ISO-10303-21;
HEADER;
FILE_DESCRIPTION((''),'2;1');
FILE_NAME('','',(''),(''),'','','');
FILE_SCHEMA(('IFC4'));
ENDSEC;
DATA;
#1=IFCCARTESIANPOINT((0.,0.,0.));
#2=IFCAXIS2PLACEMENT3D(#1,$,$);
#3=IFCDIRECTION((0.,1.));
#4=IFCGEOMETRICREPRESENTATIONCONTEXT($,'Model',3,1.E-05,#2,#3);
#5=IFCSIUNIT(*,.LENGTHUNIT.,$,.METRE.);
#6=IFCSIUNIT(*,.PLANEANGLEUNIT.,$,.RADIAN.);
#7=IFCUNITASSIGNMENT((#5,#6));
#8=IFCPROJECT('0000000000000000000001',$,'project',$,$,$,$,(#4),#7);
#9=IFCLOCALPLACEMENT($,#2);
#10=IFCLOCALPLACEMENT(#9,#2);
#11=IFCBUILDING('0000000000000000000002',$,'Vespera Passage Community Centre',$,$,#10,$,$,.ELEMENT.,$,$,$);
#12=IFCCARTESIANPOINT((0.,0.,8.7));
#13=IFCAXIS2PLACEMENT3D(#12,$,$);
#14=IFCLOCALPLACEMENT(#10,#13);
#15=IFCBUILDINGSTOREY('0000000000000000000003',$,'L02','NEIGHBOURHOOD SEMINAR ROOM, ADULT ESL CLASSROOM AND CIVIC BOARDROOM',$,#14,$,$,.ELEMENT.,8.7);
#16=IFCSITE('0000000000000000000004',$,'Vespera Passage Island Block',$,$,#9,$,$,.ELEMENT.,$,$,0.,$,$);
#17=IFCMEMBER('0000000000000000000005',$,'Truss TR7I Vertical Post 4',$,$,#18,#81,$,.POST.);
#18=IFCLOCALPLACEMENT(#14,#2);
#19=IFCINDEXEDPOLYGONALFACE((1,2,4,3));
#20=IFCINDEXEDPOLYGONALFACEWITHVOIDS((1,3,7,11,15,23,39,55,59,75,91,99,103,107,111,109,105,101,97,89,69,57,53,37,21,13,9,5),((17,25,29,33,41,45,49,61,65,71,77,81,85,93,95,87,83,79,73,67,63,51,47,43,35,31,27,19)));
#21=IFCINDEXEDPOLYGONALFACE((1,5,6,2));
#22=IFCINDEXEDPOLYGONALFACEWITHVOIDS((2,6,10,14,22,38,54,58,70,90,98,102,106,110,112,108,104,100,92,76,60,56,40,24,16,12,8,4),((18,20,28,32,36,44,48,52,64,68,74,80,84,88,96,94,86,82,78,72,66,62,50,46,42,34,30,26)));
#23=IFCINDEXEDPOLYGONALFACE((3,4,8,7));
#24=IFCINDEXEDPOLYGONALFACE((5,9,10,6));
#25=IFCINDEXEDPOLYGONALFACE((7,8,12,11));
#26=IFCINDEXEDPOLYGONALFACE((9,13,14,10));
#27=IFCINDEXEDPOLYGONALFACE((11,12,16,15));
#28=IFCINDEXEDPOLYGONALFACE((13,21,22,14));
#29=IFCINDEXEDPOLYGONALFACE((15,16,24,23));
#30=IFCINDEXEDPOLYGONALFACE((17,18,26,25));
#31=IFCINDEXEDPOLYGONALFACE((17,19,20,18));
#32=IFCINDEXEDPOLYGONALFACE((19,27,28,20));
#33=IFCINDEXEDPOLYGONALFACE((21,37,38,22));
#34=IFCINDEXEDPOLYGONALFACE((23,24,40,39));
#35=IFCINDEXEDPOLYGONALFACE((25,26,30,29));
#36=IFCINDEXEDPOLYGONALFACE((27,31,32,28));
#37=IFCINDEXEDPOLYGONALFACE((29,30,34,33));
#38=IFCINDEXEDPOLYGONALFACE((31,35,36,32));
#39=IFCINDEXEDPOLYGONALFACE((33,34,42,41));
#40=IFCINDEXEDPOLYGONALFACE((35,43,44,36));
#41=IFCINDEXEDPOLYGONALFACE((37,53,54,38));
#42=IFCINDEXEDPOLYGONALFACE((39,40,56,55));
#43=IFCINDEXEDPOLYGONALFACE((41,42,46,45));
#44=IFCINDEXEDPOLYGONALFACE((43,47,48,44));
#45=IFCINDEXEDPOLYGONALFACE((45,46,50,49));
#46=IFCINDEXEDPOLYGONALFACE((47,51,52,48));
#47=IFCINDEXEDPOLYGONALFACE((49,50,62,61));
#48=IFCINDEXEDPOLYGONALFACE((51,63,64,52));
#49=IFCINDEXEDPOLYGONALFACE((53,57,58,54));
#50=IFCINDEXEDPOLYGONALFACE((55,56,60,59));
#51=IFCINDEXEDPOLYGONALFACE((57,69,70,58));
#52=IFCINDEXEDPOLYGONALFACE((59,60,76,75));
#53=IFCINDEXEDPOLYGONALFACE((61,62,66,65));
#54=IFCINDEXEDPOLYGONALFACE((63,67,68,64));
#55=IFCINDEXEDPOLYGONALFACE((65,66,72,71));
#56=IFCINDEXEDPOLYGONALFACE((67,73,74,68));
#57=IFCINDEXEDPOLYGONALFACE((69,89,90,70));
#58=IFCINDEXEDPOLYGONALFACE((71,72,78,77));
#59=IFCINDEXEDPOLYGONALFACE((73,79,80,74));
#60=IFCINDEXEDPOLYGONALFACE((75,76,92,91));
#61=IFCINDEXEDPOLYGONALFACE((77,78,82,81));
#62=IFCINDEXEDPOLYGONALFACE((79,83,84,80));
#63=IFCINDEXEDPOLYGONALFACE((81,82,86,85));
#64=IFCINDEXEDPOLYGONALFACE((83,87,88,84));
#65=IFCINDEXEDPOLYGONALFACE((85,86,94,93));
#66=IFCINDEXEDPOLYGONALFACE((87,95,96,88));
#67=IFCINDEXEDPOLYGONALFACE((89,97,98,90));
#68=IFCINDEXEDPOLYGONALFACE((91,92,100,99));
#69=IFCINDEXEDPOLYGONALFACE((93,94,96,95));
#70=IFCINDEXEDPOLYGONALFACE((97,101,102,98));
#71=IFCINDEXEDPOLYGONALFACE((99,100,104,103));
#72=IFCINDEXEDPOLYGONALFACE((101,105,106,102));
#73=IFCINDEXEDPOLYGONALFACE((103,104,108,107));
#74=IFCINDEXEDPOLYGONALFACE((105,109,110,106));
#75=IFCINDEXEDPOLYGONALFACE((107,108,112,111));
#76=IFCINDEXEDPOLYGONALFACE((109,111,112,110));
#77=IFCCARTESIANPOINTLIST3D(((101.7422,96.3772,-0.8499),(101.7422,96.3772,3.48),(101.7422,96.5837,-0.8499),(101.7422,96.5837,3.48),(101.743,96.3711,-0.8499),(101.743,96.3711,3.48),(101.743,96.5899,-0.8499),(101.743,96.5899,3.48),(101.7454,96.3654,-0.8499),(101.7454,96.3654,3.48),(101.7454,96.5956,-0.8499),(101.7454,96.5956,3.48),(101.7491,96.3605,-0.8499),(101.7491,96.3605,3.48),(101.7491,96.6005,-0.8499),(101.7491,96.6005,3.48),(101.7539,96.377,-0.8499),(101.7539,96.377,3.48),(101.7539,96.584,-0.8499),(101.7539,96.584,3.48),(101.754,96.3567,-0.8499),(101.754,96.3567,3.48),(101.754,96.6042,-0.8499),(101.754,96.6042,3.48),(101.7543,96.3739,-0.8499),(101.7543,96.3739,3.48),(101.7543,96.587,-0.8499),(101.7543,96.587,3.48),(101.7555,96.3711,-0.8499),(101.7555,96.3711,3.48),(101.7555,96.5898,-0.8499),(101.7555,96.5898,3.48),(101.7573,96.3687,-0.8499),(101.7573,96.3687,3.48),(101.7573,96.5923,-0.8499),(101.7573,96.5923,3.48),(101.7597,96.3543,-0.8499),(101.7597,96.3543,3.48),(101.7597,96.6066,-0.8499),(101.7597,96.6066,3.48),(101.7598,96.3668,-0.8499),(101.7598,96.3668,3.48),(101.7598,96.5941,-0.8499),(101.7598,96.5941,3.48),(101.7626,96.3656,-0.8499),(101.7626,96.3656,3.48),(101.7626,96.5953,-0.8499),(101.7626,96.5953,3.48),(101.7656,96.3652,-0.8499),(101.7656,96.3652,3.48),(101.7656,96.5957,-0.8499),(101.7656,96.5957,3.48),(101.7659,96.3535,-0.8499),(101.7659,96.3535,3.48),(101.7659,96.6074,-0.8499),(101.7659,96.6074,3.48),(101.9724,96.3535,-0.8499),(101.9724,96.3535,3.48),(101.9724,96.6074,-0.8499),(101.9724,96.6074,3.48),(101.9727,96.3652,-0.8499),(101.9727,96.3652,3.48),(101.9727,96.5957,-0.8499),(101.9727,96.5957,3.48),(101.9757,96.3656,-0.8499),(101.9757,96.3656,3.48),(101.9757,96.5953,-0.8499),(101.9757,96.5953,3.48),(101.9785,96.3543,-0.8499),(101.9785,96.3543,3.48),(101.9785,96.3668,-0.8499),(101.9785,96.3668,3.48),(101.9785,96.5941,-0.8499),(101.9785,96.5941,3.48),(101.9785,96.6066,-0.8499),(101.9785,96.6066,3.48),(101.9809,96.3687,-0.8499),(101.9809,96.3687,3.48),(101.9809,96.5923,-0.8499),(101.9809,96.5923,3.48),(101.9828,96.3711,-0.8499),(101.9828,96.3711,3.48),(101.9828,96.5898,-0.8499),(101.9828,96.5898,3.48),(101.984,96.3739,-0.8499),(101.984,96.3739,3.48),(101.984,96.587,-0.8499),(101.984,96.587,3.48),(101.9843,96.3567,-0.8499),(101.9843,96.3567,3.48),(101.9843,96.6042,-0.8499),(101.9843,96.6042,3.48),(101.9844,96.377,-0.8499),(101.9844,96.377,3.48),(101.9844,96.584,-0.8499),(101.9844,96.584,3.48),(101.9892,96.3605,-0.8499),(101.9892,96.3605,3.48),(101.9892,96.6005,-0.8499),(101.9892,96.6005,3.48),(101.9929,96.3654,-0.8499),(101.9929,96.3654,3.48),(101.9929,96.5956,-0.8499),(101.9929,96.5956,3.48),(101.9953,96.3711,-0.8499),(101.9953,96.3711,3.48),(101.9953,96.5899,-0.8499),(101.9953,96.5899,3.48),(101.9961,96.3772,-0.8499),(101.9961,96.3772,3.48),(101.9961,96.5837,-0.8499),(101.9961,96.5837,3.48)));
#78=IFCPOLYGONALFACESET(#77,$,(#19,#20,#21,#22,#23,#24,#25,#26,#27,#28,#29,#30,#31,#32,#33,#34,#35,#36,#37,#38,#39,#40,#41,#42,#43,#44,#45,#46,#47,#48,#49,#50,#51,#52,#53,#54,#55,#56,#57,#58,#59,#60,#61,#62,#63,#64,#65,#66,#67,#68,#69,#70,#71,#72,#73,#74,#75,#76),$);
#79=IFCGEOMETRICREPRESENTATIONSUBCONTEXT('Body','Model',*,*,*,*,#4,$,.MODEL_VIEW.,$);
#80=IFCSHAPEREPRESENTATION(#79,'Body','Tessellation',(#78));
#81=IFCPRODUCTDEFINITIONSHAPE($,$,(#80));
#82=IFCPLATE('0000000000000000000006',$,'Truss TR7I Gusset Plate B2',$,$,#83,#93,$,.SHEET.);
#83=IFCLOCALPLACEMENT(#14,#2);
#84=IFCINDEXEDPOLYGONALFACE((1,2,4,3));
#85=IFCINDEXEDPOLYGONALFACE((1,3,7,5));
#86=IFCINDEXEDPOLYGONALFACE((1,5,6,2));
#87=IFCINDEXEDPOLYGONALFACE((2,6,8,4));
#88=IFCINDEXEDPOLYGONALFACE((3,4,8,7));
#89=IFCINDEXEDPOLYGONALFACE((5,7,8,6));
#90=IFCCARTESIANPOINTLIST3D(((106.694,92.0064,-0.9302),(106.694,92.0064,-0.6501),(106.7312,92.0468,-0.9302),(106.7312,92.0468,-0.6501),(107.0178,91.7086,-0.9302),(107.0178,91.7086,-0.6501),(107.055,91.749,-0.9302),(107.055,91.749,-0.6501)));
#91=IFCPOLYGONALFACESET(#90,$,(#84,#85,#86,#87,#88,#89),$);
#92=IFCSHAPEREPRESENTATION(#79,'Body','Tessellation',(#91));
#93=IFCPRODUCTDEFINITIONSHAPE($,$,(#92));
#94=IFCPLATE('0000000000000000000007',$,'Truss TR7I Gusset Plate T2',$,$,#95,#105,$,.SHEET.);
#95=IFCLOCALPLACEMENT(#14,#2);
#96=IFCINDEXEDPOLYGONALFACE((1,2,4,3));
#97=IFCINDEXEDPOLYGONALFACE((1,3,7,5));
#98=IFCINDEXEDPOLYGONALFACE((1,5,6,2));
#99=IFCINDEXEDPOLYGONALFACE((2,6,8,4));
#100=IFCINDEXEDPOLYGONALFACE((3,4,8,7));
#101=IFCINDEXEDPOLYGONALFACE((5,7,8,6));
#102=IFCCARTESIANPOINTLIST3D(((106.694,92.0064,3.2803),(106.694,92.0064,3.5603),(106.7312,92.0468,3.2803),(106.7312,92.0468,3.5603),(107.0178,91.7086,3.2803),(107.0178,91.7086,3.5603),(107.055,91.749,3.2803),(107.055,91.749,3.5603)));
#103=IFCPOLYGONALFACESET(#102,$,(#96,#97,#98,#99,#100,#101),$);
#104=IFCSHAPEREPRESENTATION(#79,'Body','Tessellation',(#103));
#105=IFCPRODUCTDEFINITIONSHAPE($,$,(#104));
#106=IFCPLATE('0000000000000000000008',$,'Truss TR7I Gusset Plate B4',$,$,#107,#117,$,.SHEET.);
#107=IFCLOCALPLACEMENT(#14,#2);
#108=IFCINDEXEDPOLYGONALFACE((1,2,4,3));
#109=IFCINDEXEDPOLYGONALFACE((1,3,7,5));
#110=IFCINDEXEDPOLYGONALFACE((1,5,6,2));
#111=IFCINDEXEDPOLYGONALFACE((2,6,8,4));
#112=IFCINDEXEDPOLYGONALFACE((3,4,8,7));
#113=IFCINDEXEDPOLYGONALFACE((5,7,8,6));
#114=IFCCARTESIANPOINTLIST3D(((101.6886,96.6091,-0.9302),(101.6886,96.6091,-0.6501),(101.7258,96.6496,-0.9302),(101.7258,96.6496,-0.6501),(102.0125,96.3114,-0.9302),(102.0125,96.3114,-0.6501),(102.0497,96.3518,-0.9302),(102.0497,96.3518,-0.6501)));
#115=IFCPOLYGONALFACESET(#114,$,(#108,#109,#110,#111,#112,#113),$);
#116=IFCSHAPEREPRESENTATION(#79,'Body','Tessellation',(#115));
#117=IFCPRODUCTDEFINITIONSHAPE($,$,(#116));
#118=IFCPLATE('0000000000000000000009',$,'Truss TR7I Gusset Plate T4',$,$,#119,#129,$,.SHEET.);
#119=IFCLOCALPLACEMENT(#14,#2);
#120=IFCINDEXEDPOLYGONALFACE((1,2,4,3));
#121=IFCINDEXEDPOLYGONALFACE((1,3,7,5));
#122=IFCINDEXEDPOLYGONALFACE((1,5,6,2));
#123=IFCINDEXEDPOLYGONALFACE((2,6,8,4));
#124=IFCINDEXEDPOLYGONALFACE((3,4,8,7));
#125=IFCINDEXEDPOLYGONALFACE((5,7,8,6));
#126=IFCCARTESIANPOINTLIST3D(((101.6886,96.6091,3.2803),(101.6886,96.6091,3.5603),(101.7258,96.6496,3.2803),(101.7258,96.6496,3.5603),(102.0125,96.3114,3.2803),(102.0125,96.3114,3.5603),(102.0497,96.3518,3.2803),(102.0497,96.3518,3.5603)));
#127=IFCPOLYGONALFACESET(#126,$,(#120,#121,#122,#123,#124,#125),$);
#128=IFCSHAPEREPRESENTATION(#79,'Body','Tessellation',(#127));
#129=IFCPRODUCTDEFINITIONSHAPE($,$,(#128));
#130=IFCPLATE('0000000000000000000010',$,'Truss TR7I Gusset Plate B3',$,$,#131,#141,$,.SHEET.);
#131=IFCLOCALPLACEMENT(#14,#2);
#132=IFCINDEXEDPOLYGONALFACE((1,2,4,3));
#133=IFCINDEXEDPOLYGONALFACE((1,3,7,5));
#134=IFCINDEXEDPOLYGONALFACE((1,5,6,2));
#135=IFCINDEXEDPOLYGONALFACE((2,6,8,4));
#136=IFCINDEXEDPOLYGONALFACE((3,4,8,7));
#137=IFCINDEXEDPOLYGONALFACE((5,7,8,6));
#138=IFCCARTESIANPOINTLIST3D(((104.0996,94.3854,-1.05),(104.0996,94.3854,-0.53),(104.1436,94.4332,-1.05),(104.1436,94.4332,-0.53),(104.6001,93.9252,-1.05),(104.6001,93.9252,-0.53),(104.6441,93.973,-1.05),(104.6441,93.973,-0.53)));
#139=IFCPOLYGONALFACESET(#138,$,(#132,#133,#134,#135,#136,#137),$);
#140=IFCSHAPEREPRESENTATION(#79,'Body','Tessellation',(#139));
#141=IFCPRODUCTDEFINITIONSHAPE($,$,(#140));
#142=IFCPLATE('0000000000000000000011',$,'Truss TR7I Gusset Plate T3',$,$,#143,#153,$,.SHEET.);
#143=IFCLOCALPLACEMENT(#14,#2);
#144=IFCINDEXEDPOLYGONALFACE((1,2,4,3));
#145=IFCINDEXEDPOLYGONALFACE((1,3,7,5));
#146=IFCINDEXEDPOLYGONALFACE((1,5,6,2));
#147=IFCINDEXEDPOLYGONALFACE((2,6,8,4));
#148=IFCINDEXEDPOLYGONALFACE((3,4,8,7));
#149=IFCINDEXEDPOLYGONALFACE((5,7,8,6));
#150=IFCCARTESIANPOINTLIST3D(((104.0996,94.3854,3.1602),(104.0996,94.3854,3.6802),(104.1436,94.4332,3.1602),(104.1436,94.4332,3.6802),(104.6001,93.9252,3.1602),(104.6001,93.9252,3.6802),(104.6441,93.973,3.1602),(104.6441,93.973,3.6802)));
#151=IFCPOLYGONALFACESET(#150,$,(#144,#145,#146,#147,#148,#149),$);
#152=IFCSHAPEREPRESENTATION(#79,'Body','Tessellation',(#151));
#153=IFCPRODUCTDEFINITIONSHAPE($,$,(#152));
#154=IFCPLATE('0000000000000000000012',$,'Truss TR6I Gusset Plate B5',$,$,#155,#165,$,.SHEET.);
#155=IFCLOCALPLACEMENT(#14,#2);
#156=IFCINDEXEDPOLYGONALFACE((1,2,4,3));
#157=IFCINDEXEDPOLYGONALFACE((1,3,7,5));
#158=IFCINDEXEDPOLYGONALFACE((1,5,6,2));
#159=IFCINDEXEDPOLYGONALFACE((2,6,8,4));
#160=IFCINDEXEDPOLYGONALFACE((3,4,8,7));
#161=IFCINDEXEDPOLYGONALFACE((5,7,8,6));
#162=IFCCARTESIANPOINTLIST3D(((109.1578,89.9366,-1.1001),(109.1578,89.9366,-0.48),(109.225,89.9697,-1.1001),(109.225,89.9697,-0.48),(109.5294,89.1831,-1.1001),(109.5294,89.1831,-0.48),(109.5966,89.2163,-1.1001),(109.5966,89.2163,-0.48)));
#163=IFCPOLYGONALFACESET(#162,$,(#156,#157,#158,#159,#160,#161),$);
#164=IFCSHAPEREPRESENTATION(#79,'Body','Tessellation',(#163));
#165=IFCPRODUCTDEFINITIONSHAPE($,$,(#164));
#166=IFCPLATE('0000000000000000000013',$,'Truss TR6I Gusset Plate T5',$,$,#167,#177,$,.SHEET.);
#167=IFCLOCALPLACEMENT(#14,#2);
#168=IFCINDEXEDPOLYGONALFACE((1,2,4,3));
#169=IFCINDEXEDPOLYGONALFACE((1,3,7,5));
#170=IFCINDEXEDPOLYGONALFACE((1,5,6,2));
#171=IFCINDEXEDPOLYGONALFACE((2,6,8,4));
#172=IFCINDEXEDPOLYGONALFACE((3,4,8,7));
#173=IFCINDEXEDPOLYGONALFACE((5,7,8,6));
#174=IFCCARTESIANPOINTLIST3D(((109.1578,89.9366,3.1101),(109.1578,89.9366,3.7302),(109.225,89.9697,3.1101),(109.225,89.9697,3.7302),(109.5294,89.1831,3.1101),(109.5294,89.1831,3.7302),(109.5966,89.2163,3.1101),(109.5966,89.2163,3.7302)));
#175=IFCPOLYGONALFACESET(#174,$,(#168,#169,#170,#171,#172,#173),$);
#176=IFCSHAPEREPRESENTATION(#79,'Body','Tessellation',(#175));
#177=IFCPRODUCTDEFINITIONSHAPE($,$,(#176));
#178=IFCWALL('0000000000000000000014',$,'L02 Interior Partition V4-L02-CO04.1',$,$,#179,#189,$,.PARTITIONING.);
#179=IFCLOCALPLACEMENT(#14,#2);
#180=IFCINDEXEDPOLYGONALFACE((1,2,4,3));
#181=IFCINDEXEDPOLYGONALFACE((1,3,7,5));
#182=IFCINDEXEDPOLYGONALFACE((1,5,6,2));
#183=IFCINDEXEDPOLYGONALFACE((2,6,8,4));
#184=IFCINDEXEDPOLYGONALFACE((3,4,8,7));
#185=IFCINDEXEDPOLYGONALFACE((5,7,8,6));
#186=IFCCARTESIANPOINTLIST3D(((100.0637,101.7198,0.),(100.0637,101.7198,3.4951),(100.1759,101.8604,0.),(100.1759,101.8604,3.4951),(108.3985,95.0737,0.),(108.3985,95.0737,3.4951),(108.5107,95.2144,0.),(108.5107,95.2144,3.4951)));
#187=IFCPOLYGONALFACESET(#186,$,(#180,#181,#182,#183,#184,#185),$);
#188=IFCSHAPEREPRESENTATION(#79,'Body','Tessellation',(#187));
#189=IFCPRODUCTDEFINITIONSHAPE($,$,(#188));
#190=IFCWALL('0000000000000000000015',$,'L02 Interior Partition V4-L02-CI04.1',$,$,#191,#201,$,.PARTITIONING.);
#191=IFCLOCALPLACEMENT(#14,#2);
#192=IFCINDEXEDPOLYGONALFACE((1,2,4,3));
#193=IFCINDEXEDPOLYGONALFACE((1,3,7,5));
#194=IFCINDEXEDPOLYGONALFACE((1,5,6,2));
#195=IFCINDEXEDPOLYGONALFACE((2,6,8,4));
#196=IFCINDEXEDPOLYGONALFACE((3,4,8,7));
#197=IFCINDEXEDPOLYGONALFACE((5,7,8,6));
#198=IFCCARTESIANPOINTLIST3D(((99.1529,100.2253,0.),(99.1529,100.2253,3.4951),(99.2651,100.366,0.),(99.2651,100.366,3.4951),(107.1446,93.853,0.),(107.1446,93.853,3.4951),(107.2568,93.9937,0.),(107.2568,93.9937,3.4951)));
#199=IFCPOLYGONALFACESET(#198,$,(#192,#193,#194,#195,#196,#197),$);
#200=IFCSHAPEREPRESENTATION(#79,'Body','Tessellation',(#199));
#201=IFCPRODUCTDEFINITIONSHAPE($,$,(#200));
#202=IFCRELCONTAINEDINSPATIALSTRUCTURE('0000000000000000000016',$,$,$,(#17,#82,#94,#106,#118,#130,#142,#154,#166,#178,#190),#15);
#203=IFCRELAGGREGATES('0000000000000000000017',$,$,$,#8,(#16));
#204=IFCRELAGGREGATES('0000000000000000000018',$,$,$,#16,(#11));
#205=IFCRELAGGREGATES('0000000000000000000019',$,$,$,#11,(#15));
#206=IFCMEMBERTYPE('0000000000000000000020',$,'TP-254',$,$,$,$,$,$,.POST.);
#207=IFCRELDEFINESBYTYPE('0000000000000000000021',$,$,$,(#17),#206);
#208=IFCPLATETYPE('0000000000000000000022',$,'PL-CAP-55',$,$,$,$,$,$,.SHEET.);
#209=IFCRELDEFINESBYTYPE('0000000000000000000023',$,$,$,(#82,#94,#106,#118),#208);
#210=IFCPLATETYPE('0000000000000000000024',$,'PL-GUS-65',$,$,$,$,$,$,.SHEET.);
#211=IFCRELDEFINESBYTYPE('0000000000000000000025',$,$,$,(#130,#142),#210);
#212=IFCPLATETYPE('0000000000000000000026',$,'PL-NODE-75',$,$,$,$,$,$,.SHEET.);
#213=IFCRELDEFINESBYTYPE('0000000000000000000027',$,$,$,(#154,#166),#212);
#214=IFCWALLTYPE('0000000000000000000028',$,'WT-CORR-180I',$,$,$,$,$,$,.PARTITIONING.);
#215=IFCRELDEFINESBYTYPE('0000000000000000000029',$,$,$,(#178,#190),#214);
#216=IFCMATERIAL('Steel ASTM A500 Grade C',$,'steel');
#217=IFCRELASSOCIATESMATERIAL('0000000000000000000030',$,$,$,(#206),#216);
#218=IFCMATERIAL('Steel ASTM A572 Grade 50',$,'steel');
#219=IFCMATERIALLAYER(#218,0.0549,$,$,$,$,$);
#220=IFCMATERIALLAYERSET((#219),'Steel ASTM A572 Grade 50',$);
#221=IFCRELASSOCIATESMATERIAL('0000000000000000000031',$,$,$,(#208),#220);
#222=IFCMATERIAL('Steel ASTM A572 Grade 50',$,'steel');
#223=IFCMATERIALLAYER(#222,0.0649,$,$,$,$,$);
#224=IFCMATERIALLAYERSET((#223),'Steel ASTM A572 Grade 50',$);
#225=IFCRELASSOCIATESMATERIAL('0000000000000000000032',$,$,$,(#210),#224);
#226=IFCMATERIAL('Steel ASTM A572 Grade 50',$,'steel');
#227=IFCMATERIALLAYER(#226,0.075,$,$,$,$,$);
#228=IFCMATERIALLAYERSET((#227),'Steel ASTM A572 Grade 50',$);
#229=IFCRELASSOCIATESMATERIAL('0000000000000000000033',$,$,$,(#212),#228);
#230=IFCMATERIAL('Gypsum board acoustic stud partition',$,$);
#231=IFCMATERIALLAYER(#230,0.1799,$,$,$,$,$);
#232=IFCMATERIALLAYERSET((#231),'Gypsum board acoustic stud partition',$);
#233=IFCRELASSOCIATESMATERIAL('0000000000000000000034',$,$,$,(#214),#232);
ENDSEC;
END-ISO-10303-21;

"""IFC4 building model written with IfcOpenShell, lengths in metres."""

from ifc_helpers import new_model, si_unit, direction, frame, frame_2d, origin, origin_2d, place, context, subcontext, project, spatial, rectangle, hollow_rectangle, extrude, material, layer, layer_set, material_profile, profile_set, type_object, element, save


model = new_model("IFC4")

# Units and contexts
model_context = context("Model", 3, precision=1e-05, world=origin(), true_north=direction((0.0, 1.0)))
body_context = subcontext(model_context, "Body", "Model", "MODEL_VIEW")
ifc_project = project(units=[si_unit("LENGTHUNIT", "METRE"), si_unit("PLANEANGLEUNIT", "RADIAN")], contexts=[model_context])

# Site, building, storey
site_placement = place(None, origin())
site = spatial("IfcSite", under=ifc_project, at=site_placement, Name="Vespera Passage Island Block", CompositionType="ELEMENT", RefElevation=0.0)
building_placement = place(site_placement, origin())
building = spatial("IfcBuilding", under=site, at=building_placement, Name="Vespera Passage Community Centre", CompositionType="ELEMENT")
storey_placement = place(building_placement, frame((0.0, 0.0, 8.7)))
storey = spatial("IfcBuildingStorey", under=building, at=storey_placement, Name="L02", Description="NEIGHBOURHOOD SEMINAR ROOM, ADULT ESL CLASSROOM AND CIVIC BOARDROOM", CompositionType="ELEMENT", Elevation=8.7)

# Member
ifc_material_1 = material(Name="Steel ASTM A500 Grade C", Category="steel")
ifc_material_profile_1 = material_profile(ifc_material_1, hollow_rectangle(XDim=0.2539, YDim=0.2539, WallThickness=0.0117, InnerFilletRadius=0.0117, OuterFilletRadius=0.0237, at=origin_2d()), Name="HSS254X254X12.7")
ifc_profile_set_1 = profile_set([ifc_material_profile_1], Name="Steel ASTM A500 Grade C")
member_type_1 = type_object("IfcMemberType", Name="TP-254", PredefinedType="POST", material=ifc_profile_set_1)
for number, where, z_axis, x_axis, name in (
    (1, (101.8691, 96.4805, -0.8499), (0.0, 0.0, 1.0), (1.0, 0.0, 0.0), "Truss TR7I Vertical Post 4"),
):
    element("IfcMember", number, at=place(storey_placement, frame(where, z_axis=z_axis, x_axis=x_axis)), inside=storey, type_object=member_type_1, Name=name, PredefinedType="POST", context=body_context, shape_type="SweptSolid", body=[
        extrude(hollow_rectangle(XDim=0.2539, YDim=0.2539, WallThickness=0.0117, InnerFilletRadius=0.0117, OuterFilletRadius=0.0237, at=origin_2d()), origin(), (0.0, 0.0, 1.0), 4.3298),
    ])

# Plates
ifc_material_2 = material(Name="Steel ASTM A572 Grade 50", Category="steel")
ifc_layer_1 = layer(ifc_material_2, 0.0549)
ifc_layer_set_1 = layer_set([ifc_layer_1], Name="Steel ASTM A572 Grade 50")
plate_type_1 = type_object("IfcPlateType", Name="PL-CAP-55", PredefinedType="SHEET", material=ifc_layer_set_1)
for number, where, z_axis, x_axis, name in (
    (2, (106.8745, 91.8777, -0.9302), (0.0, 0.0, 1.0), (-0.736097, 0.676876, 0.0), "Truss TR7I Gusset Plate B2"),
    (3, (106.8745, 91.8777, 3.2803), (0.0, 0.0, 1.0), (-0.736097, 0.676876, 0.0), "Truss TR7I Gusset Plate T2"),
    (4, (101.8691, 96.4805, -0.9302), (0.0, 0.0, 1.0), (-0.736097, 0.676876, 0.0), "Truss TR7I Gusset Plate B4"),
    (5, (101.8691, 96.4805, 3.2803), (0.0, 0.0, 1.0), (-0.736097, 0.676876, 0.0), "Truss TR7I Gusset Plate T4"),
):
    element("IfcPlate", number, at=place(storey_placement, frame(where, z_axis=z_axis, x_axis=x_axis)), inside=storey, type_object=plate_type_1, Name=name, PredefinedType="SHEET", context=body_context, shape_type="SweptSolid", body=[
        extrude(rectangle(XDim=0.4399, YDim=0.0549, at=origin_2d()), origin(), (0.0, 0.0, 1.0), 0.28),
    ])
ifc_material_3 = material(Name="Steel ASTM A572 Grade 50", Category="steel")
ifc_layer_2 = layer(ifc_material_3, 0.0649)
ifc_layer_set_2 = layer_set([ifc_layer_2], Name="Steel ASTM A572 Grade 50")
plate_type_2 = type_object("IfcPlateType", Name="PL-GUS-65", PredefinedType="SHEET", material=ifc_layer_set_2)
for number, where, z_axis, x_axis, name in (
    (6, (104.3718, 94.1792, -1.05), (0.0, 0.0, 1.0), (-0.736097, 0.676876, 0.0), "Truss TR7I Gusset Plate B3"),
    (7, (104.3718, 94.1792, 3.1602), (0.0, 0.0, 1.0), (-0.736097, 0.676876, 0.0), "Truss TR7I Gusset Plate T3"),
):
    element("IfcPlate", number, at=place(storey_placement, frame(where, z_axis=z_axis, x_axis=x_axis)), inside=storey, type_object=plate_type_2, Name=name, PredefinedType="SHEET", context=body_context, shape_type="SweptSolid", body=[
        extrude(rectangle(XDim=0.6799, YDim=0.0649, at=origin_2d()), origin(), (0.0, 0.0, 1.0), 0.52),
    ])
ifc_material_4 = material(Name="Steel ASTM A572 Grade 50", Category="steel")
ifc_layer_3 = layer(ifc_material_4, 0.075)
ifc_layer_set_3 = layer_set([ifc_layer_3], Name="Steel ASTM A572 Grade 50")
plate_type_3 = type_object("IfcPlateType", Name="PL-NODE-75", PredefinedType="SHEET", material=ifc_layer_set_3)
for number, where, z_axis, x_axis, name in (
    (8, (109.3772, 89.5764, -1.1001), (0.0, 0.0, 1.0), (-0.442289, 0.896873, 0.0), "Truss TR6I Gusset Plate B5"),
    (9, (109.3772, 89.5764, 3.1101), (0.0, 0.0, 1.0), (-0.442289, 0.896873, 0.0), "Truss TR6I Gusset Plate T5"),
):
    element("IfcPlate", number, at=place(storey_placement, frame(where, z_axis=z_axis, x_axis=x_axis)), inside=storey, type_object=plate_type_3, Name=name, PredefinedType="SHEET", context=body_context, shape_type="SweptSolid", body=[
        extrude(rectangle(XDim=0.8401, YDim=0.075, at=origin_2d()), origin(), (0.0, 0.0, 1.0), 0.6201),
    ])

# Walls
ifc_material_5 = material(Name="Gypsum board acoustic stud partition")
ifc_layer_4 = layer(ifc_material_5, 0.1799)
ifc_layer_set_4 = layer_set([ifc_layer_4], Name="Gypsum board acoustic stud partition")
wall_type_1 = type_object("IfcWallType", Name="WT-CORR-180I", PredefinedType="PARTITIONING", material=ifc_layer_set_4)
wall_1_placement = place(storey_placement, frame((108.4546, 95.144, 0.0), z_axis=(0.0, 0.0, 1.0), x_axis=(-0.781864, 0.623449, 0.0)))
element("IfcWall", 10, at=wall_1_placement, inside=storey, type_object=wall_type_1, Name="L02 Interior Partition V4-L02-CO04.1", PredefinedType="PARTITIONING", context=body_context, shape_type="SweptSolid", body=[
    extrude(rectangle(XDim=10.6602, YDim=0.1799, at=frame_2d((5.3301, 0.0))), origin(), (0.0, 0.0, 1.0), 3.4951),
])
wall_2_placement = place(storey_placement, frame((107.2007, 93.9233, 0.0), z_axis=(0.0, 0.0, 1.0), x_axis=(-0.781872, 0.623439, 0.0)))
element("IfcWall", 11, at=wall_2_placement, inside=storey, type_object=wall_type_1, Name="L02 Interior Partition V4-L02-CI04.1", PredefinedType="PARTITIONING", context=body_context, shape_type="SweptSolid", body=[
    extrude(rectangle(XDim=10.2212, YDim=0.1799, at=frame_2d((5.1106, 0.0))), origin(), (0.0, 0.0, 1.0), 3.4951),
])

save(model, "model.ifc")
